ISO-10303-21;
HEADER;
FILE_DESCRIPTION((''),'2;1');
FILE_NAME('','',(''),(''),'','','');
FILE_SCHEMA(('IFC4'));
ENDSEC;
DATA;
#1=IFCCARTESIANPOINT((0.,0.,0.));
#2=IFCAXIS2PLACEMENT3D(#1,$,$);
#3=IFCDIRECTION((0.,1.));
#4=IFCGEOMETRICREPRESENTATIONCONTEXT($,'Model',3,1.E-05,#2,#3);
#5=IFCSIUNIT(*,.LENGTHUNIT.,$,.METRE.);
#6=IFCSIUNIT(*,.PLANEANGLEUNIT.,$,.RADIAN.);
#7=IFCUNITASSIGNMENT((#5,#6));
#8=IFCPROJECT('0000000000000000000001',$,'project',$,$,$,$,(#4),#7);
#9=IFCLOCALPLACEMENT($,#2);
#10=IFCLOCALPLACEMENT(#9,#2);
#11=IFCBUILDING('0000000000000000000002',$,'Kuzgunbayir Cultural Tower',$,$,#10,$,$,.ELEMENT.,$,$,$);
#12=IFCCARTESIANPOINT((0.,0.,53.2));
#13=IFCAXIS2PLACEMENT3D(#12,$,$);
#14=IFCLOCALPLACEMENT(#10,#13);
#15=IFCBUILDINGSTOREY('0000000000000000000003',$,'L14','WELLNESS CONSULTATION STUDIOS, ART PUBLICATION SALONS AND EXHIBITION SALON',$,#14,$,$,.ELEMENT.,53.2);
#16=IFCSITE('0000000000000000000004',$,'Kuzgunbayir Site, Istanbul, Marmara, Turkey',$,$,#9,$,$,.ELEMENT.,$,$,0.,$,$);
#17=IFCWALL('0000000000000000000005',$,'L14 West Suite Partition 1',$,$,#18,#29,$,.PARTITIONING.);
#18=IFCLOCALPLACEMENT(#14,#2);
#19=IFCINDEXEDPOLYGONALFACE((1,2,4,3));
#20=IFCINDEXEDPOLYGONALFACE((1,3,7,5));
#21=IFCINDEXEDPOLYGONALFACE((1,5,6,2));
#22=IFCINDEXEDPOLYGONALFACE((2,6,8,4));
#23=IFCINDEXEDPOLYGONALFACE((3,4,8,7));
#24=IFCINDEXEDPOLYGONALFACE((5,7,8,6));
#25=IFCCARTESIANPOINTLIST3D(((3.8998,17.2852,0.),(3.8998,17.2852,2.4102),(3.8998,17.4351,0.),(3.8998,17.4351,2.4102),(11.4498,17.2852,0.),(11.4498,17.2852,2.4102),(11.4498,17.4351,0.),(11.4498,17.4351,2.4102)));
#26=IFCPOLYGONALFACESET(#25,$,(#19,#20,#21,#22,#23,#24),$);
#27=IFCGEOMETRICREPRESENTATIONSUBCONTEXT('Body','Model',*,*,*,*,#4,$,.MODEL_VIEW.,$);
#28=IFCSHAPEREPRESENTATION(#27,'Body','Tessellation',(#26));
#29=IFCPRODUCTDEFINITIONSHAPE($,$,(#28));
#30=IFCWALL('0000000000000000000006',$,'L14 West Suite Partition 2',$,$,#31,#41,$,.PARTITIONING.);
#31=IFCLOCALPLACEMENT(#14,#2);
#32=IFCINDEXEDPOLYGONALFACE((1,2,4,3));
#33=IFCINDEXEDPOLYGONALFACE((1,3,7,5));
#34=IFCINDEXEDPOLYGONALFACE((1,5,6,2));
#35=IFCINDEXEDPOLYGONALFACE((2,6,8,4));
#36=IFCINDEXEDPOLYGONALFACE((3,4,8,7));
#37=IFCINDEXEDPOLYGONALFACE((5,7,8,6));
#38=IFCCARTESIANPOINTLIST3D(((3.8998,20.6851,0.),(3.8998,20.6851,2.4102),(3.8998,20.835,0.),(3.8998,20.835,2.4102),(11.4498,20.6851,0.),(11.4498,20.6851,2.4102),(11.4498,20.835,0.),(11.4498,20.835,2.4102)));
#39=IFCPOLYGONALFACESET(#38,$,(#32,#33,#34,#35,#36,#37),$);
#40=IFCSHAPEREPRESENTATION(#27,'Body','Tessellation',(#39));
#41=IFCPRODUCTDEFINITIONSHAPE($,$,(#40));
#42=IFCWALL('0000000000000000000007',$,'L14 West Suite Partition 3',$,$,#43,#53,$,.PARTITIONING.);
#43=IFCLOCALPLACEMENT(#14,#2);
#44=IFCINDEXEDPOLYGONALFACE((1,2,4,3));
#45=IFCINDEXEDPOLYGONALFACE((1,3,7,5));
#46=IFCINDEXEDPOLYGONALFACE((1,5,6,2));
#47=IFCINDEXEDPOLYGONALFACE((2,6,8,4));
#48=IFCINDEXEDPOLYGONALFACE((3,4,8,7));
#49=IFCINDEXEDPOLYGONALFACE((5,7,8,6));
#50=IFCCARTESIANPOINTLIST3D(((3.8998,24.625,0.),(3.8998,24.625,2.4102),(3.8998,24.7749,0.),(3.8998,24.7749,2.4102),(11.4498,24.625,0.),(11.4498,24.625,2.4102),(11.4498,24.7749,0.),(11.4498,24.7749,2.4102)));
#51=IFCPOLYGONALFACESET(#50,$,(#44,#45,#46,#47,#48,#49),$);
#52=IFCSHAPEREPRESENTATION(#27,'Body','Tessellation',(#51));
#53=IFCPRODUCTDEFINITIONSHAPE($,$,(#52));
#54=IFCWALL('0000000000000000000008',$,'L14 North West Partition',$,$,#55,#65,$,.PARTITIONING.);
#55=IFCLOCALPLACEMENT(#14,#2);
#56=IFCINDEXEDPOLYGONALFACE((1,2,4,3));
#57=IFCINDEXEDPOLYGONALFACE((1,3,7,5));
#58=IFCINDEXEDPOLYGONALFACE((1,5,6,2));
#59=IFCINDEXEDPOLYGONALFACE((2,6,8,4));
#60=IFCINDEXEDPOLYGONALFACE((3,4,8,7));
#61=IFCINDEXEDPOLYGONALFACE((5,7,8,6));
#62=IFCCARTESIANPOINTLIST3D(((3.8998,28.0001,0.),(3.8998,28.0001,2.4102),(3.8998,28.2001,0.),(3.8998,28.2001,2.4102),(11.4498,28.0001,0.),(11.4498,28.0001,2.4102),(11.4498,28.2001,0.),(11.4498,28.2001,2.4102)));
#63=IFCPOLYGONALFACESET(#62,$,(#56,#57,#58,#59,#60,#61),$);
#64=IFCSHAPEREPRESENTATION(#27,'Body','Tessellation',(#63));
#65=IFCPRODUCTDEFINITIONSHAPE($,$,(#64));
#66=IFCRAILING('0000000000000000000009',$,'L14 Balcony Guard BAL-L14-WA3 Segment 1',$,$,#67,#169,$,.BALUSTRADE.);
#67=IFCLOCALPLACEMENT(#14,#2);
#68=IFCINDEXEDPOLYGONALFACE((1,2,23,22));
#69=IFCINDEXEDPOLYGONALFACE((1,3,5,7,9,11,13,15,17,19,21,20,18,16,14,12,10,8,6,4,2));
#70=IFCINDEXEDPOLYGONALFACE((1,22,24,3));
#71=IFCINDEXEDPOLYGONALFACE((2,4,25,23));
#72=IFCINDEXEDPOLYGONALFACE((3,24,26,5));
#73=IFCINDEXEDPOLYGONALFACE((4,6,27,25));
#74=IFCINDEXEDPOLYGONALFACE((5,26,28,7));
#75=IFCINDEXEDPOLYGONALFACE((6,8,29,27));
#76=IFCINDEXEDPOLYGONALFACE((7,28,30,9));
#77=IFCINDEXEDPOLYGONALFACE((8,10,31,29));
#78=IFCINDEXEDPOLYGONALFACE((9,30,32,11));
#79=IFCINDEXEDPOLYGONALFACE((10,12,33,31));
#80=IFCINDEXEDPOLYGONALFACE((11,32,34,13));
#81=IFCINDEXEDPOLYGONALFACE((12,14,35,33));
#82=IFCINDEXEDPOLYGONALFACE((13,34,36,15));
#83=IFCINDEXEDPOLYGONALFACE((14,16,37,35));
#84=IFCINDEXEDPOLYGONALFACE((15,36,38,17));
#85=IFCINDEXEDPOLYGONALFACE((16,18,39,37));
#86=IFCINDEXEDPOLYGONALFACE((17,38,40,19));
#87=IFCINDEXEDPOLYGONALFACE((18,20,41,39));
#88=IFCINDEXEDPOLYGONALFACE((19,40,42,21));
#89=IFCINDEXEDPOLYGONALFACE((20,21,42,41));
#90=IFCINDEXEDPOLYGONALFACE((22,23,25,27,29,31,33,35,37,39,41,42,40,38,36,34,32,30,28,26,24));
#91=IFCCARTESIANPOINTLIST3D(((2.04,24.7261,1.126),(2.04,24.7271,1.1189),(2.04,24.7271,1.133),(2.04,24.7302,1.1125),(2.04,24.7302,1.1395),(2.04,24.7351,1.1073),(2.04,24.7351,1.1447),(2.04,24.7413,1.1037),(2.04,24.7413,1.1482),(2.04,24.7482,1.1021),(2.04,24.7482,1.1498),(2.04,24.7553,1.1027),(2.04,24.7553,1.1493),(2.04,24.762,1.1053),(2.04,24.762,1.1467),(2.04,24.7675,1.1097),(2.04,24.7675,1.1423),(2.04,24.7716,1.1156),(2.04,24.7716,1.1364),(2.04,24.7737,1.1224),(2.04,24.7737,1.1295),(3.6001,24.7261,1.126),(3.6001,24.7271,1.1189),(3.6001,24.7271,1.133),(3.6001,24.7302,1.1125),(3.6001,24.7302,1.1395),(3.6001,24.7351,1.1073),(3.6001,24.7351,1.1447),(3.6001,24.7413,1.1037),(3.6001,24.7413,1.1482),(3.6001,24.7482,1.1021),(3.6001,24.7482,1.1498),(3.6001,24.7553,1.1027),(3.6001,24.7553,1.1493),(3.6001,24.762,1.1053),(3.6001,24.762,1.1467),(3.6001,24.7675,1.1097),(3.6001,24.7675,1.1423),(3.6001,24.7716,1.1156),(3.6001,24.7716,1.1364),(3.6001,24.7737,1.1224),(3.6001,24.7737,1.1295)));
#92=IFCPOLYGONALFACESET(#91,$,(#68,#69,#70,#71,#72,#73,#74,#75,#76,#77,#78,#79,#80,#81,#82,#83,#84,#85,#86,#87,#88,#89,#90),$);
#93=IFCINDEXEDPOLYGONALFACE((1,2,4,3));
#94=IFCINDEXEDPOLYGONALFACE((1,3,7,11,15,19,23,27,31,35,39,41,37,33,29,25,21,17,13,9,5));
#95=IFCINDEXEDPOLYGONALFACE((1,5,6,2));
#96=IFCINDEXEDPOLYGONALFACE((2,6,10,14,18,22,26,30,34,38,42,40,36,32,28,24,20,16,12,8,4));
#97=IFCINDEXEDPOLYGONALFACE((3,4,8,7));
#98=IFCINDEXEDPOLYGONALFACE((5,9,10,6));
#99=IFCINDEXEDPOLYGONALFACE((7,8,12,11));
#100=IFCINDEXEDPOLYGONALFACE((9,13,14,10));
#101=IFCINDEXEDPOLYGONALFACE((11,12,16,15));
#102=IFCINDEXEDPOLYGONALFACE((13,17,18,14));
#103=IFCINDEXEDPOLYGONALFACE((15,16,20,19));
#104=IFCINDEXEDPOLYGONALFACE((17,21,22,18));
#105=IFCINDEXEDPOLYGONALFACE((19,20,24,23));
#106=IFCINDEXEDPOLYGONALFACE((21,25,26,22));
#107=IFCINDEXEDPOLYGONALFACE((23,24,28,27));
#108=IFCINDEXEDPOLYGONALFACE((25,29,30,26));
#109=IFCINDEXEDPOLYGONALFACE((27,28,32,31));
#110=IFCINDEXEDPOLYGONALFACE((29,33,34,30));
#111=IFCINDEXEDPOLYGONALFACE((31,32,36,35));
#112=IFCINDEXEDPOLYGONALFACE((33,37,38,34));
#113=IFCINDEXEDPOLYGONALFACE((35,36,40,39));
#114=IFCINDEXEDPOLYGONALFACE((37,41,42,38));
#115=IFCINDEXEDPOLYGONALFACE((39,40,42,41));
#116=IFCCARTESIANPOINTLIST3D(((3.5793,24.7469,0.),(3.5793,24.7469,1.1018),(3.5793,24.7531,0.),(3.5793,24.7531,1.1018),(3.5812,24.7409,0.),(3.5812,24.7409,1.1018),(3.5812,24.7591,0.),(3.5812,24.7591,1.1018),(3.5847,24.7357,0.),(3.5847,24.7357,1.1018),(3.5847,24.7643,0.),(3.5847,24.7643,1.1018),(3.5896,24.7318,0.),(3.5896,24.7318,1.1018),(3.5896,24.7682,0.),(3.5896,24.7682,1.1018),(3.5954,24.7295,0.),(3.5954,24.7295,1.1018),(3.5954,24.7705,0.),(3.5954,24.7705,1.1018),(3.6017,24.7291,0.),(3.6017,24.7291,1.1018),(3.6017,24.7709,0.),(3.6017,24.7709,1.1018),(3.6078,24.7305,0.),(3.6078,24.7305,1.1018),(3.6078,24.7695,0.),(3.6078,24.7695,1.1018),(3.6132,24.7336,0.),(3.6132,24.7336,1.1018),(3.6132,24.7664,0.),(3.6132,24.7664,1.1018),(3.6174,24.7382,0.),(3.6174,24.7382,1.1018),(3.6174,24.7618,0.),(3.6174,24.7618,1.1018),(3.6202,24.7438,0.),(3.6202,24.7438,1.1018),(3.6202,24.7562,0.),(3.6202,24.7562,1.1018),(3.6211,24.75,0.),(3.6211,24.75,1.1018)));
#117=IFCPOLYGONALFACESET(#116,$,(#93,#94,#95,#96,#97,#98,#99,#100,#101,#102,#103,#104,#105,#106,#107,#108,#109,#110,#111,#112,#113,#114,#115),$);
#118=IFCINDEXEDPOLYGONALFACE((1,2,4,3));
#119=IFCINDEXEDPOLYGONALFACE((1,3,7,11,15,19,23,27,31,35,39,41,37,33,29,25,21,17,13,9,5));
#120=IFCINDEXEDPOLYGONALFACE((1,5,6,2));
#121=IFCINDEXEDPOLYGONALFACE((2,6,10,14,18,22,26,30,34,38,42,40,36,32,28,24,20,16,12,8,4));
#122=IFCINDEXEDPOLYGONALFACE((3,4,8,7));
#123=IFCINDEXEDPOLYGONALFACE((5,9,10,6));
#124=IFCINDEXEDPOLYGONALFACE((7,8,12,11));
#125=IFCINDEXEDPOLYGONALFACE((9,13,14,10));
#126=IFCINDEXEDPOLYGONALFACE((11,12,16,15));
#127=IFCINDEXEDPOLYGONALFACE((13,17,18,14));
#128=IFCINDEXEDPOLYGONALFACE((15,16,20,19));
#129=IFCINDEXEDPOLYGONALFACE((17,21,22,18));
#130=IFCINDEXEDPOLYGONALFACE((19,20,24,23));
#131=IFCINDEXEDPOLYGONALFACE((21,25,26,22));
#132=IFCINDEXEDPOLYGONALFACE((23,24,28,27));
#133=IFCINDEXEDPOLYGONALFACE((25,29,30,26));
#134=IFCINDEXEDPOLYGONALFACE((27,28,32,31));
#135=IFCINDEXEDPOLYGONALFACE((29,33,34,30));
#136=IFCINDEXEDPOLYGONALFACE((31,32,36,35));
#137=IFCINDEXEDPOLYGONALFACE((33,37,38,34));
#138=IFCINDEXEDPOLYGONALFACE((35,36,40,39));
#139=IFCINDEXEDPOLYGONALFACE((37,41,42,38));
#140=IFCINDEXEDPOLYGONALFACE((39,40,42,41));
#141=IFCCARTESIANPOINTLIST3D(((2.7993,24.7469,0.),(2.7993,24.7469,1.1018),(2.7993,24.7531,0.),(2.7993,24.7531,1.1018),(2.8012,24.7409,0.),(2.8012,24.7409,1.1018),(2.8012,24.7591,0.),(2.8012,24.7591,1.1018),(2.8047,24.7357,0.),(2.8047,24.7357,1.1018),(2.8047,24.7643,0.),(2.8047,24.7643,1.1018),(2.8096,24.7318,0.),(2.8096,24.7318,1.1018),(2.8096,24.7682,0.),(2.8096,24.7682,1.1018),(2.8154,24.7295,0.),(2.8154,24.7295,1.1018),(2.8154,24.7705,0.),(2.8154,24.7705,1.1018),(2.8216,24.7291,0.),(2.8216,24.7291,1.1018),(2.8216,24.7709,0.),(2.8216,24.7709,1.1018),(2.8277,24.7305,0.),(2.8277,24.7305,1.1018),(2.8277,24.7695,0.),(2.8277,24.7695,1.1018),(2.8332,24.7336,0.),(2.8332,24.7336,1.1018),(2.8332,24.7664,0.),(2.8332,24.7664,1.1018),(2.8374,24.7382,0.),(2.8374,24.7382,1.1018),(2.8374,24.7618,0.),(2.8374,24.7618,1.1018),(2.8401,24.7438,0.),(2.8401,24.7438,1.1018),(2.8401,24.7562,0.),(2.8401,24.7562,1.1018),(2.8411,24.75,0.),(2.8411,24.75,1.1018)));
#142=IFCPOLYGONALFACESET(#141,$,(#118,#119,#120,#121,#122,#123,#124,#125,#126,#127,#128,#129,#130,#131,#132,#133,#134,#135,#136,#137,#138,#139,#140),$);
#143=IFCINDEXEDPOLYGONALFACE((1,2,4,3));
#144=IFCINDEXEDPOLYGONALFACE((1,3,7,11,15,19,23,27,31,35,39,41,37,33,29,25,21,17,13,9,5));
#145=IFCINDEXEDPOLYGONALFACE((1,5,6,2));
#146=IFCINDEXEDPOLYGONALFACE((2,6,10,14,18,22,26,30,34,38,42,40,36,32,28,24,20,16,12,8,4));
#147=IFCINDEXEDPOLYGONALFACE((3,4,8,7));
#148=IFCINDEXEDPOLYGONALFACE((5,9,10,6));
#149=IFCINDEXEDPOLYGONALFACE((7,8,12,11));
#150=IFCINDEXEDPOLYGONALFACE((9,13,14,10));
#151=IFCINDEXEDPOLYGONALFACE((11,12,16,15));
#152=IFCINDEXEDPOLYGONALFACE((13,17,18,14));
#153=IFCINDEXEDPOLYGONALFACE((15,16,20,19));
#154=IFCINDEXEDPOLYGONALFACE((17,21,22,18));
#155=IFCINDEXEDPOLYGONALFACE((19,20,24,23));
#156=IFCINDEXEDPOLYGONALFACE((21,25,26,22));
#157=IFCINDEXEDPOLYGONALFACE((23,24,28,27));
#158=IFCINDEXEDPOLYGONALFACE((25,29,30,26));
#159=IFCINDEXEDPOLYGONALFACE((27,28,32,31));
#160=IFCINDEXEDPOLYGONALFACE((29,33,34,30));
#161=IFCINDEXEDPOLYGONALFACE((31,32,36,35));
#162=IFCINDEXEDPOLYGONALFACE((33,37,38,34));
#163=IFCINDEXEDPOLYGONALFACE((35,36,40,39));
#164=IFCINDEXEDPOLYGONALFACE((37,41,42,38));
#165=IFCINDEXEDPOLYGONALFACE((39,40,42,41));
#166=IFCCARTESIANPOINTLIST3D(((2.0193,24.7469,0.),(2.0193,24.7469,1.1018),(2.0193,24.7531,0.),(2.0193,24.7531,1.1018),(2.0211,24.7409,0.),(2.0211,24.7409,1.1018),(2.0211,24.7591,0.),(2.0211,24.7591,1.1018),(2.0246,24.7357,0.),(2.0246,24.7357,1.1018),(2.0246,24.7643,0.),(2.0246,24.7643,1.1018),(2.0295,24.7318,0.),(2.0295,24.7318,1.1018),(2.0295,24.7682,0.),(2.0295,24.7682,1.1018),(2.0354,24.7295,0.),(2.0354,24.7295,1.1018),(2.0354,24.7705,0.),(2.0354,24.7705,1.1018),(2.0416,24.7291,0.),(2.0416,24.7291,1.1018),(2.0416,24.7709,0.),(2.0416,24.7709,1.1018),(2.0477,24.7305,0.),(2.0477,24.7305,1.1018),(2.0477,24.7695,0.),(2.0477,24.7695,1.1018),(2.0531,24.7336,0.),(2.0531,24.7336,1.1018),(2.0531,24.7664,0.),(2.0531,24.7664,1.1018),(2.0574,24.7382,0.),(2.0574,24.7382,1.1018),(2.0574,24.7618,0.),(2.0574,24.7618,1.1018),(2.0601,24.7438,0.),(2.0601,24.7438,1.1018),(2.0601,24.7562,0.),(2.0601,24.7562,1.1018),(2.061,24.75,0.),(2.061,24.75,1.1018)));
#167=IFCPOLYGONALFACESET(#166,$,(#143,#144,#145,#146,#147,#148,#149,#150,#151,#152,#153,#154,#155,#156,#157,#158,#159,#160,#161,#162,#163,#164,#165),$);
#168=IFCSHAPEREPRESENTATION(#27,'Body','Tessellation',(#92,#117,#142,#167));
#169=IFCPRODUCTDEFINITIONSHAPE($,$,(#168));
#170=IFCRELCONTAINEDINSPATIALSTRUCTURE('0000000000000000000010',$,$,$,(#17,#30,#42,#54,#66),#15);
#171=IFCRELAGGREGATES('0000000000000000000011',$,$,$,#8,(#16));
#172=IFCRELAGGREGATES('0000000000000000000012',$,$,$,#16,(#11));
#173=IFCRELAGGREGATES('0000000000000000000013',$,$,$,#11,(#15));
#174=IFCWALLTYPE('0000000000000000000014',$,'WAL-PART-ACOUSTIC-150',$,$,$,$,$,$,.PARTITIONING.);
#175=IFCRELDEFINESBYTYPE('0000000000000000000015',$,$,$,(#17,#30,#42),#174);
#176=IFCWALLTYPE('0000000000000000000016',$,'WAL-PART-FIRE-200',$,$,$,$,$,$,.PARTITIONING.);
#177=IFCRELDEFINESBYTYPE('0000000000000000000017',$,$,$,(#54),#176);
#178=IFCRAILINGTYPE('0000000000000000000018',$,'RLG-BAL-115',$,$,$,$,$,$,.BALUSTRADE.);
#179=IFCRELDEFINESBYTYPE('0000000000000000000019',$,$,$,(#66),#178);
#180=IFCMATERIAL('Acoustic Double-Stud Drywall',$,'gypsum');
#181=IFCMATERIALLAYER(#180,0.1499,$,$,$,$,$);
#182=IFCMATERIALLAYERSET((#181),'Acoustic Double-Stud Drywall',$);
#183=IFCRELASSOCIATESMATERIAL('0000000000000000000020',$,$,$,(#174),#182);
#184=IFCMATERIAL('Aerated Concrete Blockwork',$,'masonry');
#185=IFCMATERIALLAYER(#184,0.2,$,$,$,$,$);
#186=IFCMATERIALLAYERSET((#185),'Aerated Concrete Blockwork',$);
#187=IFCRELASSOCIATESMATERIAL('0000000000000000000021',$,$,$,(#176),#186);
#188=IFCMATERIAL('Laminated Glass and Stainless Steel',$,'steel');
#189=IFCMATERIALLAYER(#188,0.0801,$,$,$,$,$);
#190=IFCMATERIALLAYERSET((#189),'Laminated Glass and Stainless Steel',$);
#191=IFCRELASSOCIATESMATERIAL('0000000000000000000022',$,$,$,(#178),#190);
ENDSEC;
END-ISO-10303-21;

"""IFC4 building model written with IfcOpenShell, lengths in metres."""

from ifc_helpers import new_model, si_unit, direction, frame, frame_2d, origin, origin_2d, place, context, subcontext, project, spatial, rectangle, circle, extrude, material, layer, layer_set, type_object, element, save


model = new_model("IFC4")

# Units and contexts
model_context = context("Model", 3, precision=1e-05, world=origin(), true_north=direction((0.0, 1.0)))
body_context = subcontext(model_context, "Body", "Model", "MODEL_VIEW")
ifc_project = project(units=[si_unit("LENGTHUNIT", "METRE"), si_unit("PLANEANGLEUNIT", "RADIAN")], contexts=[model_context])

# Site, building, storey
site_placement = place(None, origin())
site = spatial("IfcSite", under=ifc_project, at=site_placement, Name="Kuzgunbayir Site, Istanbul, Marmara, Turkey", CompositionType="ELEMENT", RefElevation=0.0)
building_placement = place(site_placement, origin())
building = spatial("IfcBuilding", under=site, at=building_placement, Name="Kuzgunbayir Cultural Tower", CompositionType="ELEMENT")
storey_placement = place(building_placement, frame((0.0, 0.0, 53.2)))
storey = spatial("IfcBuildingStorey", under=building, at=storey_placement, Name="L14", Description="WELLNESS CONSULTATION STUDIOS, ART PUBLICATION SALONS AND EXHIBITION SALON", CompositionType="ELEMENT", Elevation=53.2)

# Walls
ifc_material_1 = material(Name="Acoustic Double-Stud Drywall", Category="gypsum")
ifc_layer_1 = layer(ifc_material_1, 0.1499)
ifc_layer_set_1 = layer_set([ifc_layer_1], Name="Acoustic Double-Stud Drywall")
wall_type_1 = type_object("IfcWallType", Name="WAL-PART-ACOUSTIC-150", PredefinedType="PARTITIONING", material=ifc_layer_set_1)
for number, where, z_axis, x_axis, name in (
    (1, (3.8999, 17.3601, 0.0), (0.0, 0.0, 1.0), (1.0, 0.0, 0.0), "L14 West Suite Partition 1"),
    (2, (3.8999, 20.76, 0.0), (0.0, 0.0, 1.0), (1.0, 0.0, 0.0), "L14 West Suite Partition 2"),
    (3, (3.8999, 24.7, 0.0), (0.0, 0.0, 1.0), (1.0, 0.0, 0.0), "L14 West Suite Partition 3"),
):
    element("IfcWall", number, at=place(storey_placement, frame(where, z_axis=z_axis, x_axis=x_axis)), inside=storey, type_object=wall_type_1, Name=name, PredefinedType="PARTITIONING", context=body_context, shape_type="SweptSolid", body=[
        extrude(rectangle(XDim=7.55, YDim=0.1499, at=frame_2d((3.7749, 0.0))), origin(), (0.0, 0.0, 1.0), 2.4102),
    ])
ifc_material_2 = material(Name="Aerated Concrete Blockwork", Category="masonry")
ifc_layer_2 = layer(ifc_material_2, 0.2)
ifc_layer_set_2 = layer_set([ifc_layer_2], Name="Aerated Concrete Blockwork")
wall_type_2 = type_object("IfcWallType", Name="WAL-PART-FIRE-200", PredefinedType="PARTITIONING", material=ifc_layer_set_2)
wall_placement = place(storey_placement, frame((3.8999, 28.1001, 0.0), z_axis=(0.0, 0.0, 1.0), x_axis=(1.0, 0.0, 0.0)))
element("IfcWall", 4, at=wall_placement, inside=storey, type_object=wall_type_2, Name="L14 North West Partition", PredefinedType="PARTITIONING", context=body_context, shape_type="SweptSolid", body=[
    extrude(rectangle(XDim=7.55, YDim=0.2, at=frame_2d((3.7749, 0.0))), origin(), (0.0, 0.0, 1.0), 2.4102),
])

# Railing
ifc_material_3 = material(Name="Laminated Glass and Stainless Steel", Category="steel")
ifc_layer_3 = layer(ifc_material_3, 0.0801)
ifc_layer_set_3 = layer_set([ifc_layer_3], Name="Laminated Glass and Stainless Steel")
railing_type = type_object("IfcRailingType", Name="RLG-BAL-115", PredefinedType="BALUSTRADE", material=ifc_layer_set_3)
railing_1_placement = place(storey_placement, frame((3.6001, 24.75, 0.0)))
element("IfcRailing", 5, at=railing_1_placement, inside=storey, type_object=railing_type, Name="L14 Balcony Guard BAL-L14-WA3 Segment 1", PredefinedType="BALUSTRADE", context=body_context, shape_type="SweptSolid", body=[
    extrude(circle(Radius=0.0239, at=origin_2d()), frame((0.0, 0.0, 1.126), z_axis=(-1.0, 0.0, 0.0), x_axis=(0.0, -1.0, 0.0)), (0.0, 0.0, 1.0), 1.5601),
    extrude(circle(Radius=0.021, at=origin_2d()), origin(), (0.0, 0.0, 1.0), 1.1018),
    extrude(circle(Radius=0.021, at=origin_2d()), frame((-0.78, 0.0, 0.0)), (0.0, 0.0, 1.0), 1.1018),
    extrude(circle(Radius=0.021, at=origin_2d()), frame((-1.5601, 0.0, 0.0)), (0.0, 0.0, 1.0), 1.1018),
])

save(model, "model.ifc")
